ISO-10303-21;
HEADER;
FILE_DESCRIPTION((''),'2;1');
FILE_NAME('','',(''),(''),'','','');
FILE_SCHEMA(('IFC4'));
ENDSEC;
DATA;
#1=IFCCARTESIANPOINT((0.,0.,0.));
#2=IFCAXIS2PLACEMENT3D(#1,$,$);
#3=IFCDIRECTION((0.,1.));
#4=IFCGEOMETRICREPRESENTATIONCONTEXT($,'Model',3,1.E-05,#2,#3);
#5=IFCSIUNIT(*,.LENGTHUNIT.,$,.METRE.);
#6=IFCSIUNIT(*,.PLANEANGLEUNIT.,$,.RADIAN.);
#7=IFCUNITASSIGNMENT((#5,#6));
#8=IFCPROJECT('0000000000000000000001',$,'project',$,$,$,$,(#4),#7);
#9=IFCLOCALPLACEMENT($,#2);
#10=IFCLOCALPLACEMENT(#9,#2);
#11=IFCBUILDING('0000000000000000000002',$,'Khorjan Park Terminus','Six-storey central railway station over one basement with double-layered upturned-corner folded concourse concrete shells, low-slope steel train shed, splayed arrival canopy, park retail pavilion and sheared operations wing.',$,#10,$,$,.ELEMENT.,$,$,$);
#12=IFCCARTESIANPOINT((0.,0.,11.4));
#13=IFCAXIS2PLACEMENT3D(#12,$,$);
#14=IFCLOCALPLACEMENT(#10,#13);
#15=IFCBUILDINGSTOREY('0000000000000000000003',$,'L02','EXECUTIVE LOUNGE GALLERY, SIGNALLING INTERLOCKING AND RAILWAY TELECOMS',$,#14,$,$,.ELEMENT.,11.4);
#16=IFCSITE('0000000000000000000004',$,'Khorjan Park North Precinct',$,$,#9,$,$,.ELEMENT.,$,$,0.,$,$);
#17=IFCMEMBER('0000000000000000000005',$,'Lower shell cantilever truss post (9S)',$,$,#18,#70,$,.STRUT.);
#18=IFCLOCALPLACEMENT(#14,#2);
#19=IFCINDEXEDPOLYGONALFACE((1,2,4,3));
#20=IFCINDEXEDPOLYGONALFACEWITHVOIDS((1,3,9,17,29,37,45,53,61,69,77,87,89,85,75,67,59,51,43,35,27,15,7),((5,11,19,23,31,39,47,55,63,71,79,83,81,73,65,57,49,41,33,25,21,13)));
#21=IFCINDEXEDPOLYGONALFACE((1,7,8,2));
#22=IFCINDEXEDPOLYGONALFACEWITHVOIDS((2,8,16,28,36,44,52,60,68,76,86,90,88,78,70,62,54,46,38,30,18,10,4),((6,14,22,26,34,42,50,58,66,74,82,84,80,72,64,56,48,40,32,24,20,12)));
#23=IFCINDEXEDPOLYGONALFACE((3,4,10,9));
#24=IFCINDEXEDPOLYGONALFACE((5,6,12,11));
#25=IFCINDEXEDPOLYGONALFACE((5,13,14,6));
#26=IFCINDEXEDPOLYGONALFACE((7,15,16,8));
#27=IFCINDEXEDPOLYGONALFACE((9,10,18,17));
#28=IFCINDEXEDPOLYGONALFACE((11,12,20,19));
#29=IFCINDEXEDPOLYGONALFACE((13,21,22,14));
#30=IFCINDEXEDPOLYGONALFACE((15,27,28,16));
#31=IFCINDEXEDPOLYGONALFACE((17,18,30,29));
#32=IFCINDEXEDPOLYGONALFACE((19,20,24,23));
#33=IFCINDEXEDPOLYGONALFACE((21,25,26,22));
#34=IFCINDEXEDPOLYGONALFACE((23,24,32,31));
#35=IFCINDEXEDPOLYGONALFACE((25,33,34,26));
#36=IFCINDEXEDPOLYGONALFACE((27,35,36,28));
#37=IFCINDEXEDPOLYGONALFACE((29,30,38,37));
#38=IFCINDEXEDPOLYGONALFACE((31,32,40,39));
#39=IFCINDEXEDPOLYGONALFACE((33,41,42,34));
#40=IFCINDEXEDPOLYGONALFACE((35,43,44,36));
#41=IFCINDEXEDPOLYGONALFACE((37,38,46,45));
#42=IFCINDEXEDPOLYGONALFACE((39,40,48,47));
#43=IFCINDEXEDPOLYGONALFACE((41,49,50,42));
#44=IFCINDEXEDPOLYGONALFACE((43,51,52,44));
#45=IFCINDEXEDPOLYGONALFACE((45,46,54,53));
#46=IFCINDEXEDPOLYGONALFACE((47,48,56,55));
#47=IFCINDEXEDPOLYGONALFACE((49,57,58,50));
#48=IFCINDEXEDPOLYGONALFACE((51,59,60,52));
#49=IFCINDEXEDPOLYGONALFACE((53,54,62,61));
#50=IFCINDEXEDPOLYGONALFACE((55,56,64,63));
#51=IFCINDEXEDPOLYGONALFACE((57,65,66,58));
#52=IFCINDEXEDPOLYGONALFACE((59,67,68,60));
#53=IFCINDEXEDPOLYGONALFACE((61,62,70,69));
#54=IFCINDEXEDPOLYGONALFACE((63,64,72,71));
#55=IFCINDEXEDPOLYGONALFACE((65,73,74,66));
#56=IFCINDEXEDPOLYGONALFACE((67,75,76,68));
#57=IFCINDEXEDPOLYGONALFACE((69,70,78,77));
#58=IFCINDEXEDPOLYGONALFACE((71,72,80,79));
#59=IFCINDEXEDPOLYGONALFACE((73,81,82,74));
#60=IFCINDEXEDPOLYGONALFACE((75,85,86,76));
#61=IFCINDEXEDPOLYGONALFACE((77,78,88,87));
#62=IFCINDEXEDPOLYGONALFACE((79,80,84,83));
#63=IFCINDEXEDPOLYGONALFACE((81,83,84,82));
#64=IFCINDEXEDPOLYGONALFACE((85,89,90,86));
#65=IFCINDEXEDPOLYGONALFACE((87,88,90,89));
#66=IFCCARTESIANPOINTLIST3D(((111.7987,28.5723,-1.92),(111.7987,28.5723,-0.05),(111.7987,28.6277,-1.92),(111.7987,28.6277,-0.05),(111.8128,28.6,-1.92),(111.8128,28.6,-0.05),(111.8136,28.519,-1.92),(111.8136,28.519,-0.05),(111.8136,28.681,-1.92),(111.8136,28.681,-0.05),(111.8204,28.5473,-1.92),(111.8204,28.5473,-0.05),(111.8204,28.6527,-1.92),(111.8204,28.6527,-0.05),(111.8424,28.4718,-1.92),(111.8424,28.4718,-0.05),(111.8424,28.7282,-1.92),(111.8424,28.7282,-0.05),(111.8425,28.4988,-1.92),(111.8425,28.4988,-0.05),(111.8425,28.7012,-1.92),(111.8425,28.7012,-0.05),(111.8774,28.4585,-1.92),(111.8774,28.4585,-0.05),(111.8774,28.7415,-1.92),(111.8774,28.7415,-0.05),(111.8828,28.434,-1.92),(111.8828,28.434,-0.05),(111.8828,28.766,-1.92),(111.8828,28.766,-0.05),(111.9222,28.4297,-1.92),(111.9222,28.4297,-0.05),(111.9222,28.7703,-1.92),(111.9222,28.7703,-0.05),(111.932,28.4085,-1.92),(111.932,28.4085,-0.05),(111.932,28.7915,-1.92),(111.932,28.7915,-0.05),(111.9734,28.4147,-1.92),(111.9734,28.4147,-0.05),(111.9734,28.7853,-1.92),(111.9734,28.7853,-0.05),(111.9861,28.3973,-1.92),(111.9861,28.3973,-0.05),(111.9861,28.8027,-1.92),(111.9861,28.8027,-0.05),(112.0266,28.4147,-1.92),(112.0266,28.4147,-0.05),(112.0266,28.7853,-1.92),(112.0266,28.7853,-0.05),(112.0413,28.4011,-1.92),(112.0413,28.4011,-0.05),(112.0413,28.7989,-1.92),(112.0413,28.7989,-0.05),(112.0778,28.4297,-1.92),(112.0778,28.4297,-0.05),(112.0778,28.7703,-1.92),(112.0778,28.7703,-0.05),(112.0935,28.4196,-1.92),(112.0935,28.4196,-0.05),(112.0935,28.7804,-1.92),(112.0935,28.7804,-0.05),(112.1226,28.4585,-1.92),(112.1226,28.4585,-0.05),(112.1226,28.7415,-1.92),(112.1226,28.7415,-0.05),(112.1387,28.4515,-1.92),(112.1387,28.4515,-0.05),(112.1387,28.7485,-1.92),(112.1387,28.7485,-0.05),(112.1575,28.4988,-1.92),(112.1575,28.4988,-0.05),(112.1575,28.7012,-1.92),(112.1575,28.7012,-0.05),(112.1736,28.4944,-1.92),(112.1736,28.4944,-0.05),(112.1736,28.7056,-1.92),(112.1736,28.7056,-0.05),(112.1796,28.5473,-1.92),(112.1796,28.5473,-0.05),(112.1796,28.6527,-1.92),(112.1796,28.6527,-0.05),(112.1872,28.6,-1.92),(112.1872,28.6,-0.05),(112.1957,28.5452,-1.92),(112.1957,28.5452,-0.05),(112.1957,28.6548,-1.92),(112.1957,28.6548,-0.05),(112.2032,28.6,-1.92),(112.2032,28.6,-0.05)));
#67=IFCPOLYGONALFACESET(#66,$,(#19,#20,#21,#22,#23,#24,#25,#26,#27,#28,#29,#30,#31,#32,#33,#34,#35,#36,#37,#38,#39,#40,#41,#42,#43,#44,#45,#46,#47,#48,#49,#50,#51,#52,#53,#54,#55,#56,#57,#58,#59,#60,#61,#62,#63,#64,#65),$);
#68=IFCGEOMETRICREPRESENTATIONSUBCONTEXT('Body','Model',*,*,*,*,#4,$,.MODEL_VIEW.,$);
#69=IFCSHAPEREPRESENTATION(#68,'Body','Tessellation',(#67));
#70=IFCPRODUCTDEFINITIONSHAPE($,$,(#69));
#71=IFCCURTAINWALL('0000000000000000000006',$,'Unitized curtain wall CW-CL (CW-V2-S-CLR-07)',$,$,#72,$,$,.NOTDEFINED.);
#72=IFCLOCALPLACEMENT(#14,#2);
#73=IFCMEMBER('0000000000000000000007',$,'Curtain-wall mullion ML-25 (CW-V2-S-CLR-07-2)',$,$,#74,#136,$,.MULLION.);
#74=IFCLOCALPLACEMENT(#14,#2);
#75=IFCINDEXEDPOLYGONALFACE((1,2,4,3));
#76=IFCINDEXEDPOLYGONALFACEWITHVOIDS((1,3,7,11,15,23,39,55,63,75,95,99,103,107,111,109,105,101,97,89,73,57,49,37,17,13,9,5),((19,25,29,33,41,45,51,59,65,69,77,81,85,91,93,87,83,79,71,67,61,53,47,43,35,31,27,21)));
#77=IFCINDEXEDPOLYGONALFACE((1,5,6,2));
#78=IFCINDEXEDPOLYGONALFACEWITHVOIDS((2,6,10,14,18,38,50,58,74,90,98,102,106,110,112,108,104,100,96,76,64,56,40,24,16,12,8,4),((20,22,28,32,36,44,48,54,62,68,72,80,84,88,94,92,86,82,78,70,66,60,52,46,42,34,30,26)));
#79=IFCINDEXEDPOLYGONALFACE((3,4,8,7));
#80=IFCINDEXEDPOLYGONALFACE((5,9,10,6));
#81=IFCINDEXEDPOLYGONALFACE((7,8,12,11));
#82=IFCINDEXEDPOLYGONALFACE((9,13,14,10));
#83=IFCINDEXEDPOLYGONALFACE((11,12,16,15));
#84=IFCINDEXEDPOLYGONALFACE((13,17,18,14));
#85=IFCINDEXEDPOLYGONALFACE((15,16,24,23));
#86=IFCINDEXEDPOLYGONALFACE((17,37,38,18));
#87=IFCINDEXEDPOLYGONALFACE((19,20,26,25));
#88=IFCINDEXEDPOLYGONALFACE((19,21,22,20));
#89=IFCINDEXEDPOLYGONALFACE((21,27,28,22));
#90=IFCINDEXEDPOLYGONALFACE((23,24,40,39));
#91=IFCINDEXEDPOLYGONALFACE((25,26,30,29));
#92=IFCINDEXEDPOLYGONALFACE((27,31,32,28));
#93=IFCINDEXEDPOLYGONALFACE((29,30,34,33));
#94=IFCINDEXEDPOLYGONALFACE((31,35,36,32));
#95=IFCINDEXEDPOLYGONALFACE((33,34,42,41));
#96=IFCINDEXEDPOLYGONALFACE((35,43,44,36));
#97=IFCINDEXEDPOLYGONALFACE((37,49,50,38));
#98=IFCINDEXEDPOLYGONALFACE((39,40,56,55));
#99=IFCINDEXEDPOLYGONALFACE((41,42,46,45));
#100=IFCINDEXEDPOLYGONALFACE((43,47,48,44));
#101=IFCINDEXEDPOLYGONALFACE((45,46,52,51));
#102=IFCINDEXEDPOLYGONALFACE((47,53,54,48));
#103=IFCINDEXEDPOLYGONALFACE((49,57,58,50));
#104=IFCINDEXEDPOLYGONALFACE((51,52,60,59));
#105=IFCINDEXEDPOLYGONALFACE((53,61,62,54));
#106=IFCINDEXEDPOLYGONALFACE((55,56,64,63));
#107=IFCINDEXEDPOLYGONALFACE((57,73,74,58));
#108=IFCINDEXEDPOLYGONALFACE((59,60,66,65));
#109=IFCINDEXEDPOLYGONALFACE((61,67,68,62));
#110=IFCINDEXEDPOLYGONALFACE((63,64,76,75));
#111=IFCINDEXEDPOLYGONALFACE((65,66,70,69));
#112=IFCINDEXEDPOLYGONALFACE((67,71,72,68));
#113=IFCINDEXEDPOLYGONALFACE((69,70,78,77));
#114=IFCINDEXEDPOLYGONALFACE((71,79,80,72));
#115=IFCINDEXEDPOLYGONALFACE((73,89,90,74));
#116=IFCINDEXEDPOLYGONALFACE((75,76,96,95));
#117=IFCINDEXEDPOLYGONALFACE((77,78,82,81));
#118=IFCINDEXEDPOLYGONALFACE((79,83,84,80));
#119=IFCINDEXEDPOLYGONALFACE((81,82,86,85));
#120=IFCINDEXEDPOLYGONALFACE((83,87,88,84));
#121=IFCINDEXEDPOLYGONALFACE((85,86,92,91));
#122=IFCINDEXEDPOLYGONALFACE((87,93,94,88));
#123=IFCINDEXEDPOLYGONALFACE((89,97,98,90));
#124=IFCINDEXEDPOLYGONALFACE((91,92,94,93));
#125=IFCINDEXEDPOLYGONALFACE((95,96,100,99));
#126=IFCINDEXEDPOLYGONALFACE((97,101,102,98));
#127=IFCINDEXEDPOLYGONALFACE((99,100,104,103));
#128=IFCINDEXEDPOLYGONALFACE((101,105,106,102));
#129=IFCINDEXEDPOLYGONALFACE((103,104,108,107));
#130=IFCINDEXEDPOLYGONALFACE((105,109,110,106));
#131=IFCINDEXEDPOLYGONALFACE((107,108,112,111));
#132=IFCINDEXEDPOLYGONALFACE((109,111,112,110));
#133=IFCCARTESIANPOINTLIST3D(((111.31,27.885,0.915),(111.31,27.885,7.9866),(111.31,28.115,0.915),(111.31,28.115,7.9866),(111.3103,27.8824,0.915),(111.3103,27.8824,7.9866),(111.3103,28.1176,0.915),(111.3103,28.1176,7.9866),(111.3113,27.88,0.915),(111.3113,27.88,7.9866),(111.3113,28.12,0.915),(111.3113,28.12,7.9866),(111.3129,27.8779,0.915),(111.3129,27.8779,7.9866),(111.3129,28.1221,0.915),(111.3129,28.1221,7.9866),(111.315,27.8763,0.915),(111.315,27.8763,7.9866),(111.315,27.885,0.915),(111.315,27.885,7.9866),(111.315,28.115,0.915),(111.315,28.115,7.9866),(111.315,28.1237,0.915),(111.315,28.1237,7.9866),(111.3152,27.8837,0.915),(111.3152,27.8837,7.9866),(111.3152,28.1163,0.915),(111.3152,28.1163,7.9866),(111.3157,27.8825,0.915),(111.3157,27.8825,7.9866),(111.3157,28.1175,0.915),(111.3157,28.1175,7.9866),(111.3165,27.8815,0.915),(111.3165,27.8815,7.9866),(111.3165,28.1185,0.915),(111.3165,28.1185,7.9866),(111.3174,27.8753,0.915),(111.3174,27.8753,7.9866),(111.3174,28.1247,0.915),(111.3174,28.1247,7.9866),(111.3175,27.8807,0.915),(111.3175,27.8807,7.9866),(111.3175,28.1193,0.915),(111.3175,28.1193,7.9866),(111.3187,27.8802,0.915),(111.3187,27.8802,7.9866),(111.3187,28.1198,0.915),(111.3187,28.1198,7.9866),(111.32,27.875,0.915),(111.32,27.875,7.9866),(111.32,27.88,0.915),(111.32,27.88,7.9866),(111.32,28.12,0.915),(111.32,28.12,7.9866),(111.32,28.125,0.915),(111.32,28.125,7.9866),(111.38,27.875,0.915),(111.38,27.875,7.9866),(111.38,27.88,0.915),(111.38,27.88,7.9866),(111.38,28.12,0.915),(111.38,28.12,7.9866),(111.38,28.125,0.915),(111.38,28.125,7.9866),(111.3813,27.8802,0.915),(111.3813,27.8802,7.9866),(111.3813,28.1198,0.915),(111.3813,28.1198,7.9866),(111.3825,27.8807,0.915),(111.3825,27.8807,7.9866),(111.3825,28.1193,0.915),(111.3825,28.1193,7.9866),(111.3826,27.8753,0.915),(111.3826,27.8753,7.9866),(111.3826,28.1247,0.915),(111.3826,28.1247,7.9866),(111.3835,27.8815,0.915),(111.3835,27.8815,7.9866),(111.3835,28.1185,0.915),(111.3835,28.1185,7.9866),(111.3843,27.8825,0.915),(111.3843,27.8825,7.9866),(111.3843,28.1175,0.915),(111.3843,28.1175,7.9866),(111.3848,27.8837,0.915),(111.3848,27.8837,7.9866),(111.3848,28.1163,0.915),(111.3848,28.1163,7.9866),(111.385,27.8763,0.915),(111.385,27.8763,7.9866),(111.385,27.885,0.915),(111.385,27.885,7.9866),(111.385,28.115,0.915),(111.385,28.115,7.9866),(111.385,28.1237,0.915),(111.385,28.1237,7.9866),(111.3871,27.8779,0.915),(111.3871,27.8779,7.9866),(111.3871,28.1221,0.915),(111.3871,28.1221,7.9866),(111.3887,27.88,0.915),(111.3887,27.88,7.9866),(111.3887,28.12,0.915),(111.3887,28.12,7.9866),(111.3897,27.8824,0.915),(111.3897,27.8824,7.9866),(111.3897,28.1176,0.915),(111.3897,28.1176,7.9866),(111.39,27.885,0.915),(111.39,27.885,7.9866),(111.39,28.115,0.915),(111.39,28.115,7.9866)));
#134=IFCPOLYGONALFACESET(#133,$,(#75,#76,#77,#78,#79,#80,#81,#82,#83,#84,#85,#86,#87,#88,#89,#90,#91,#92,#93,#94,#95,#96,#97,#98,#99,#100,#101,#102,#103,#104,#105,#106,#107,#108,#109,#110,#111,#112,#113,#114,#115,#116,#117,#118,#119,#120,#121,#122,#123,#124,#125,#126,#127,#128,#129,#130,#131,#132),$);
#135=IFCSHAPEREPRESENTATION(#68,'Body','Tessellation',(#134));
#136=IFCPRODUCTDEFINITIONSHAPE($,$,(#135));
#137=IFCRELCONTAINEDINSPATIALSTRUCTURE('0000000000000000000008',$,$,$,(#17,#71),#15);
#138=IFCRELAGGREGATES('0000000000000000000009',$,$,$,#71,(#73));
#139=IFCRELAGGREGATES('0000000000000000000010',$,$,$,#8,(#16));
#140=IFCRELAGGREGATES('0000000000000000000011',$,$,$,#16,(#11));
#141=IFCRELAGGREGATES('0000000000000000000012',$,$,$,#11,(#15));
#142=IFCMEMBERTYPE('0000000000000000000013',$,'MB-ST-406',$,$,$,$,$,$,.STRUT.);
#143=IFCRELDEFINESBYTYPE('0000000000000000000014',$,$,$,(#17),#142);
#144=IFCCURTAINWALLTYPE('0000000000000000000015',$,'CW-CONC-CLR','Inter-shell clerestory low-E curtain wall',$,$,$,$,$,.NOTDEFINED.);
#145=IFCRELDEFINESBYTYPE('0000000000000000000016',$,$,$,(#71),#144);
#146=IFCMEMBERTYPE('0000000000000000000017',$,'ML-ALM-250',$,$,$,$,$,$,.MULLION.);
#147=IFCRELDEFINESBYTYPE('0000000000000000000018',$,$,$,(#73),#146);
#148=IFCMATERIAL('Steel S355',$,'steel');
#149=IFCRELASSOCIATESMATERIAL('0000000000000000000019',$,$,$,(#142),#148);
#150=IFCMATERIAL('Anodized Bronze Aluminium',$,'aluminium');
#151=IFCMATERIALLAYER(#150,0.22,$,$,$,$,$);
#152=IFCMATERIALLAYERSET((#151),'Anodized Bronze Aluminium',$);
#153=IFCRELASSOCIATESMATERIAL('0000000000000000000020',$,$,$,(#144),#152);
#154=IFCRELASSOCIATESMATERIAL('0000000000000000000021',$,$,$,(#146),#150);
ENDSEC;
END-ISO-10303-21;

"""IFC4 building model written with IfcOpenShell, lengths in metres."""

from ifc_helpers import new_model, si_unit, direction, frame, origin, origin_2d, place, context, subcontext, project, spatial, hollow_rectangle, hollow_circle, extrude, material, layer, layer_set, material_profile, profile_set, type_object, element, aggregate, save


model = new_model("IFC4")

# Units and contexts
model_context = context("Model", 3, precision=1e-05, world=origin(), true_north=direction((0.0, 1.0)))
body_context = subcontext(model_context, "Body", "Model", "MODEL_VIEW")
ifc_project = project(units=[si_unit("LENGTHUNIT", "METRE"), si_unit("PLANEANGLEUNIT", "RADIAN")], contexts=[model_context])

# Site, building, storey
site_placement = place(None, origin())
site = spatial("IfcSite", under=ifc_project, at=site_placement, Name="Khorjan Park North Precinct", CompositionType="ELEMENT", RefElevation=0.0)
building_placement = place(site_placement, origin())
building = spatial("IfcBuilding", under=site, at=building_placement, Name="Khorjan Park Terminus", Description="Six-storey central railway station over one basement with double-layered upturned-corner folded concourse concrete shells, low-slope steel train shed, splayed arrival canopy, park retail pavilion and sheared operations wing.", CompositionType="ELEMENT")
storey_placement = place(building_placement, frame((0.0, 0.0, 11.4)))
storey = spatial("IfcBuildingStorey", under=building, at=storey_placement, Name="L02", Description="EXECUTIVE LOUNGE GALLERY, SIGNALLING INTERLOCKING AND RAILWAY TELECOMS", CompositionType="ELEMENT", Elevation=11.4)

# Member
ifc_material_1 = material(Name="Steel S355", Category="steel")
ifc_material_profile_1 = material_profile(ifc_material_1, hollow_circle(Radius=0.2032, WallThickness=0.016, at=origin_2d()), Name="CHS 406.4x16")
ifc_profile_set_1 = profile_set([ifc_material_profile_1], Name="Steel S355")
member_type_1 = type_object("IfcMemberType", Name="MB-ST-406", PredefinedType="STRUT", material=ifc_profile_set_1)
for number, where, z_axis, x_axis, name in (
    (1, (112.0, 28.6, -1.92), (0.0, 0.0, 1.0), (1.0, 0.0, 0.0), "Lower shell cantilever truss post (9S)"),
):
    element("IfcMember", number, at=place(storey_placement, frame(where, z_axis=z_axis, x_axis=x_axis)), inside=storey, type_object=member_type_1, Name=name, PredefinedType="STRUT", context=body_context, shape_type="SweptSolid", body=[
        extrude(hollow_circle(Radius=0.2032, WallThickness=0.016, at=origin_2d()), origin(), (0.0, 0.0, 1.0), 1.87),
    ])

# Curtain wall, member
ifc_material_2 = material(Name="Anodized Bronze Aluminium", Category="aluminium")
ifc_layer_1 = layer(ifc_material_2, 0.22)
ifc_layer_set_1 = layer_set([ifc_layer_1], Name="Anodized Bronze Aluminium")
curtain_wall_type = type_object("IfcCurtainWallType", Name="CW-CONC-CLR", Description="Inter-shell clerestory low-E curtain wall", PredefinedType="NOTDEFINED", material=ifc_layer_set_1)
curtain_wall_placement = place(storey_placement, origin())
curtain_wall = element("IfcCurtainWall", 2, at=curtain_wall_placement, inside=storey, type_object=curtain_wall_type, Name="Unitized curtain wall CW-CL (CW-V2-S-CLR-07)", PredefinedType="NOTDEFINED")
ifc_material_profile_2 = material_profile(ifc_material_2, hollow_rectangle(XDim=0.08, YDim=0.25, WallThickness=0.005, InnerFilletRadius=0.005, OuterFilletRadius=0.01, at=origin_2d()), Name="ALM 80x250x5")
ifc_profile_set_2 = profile_set([ifc_material_profile_2], Name="Anodized Bronze Aluminium")
member_type_2 = type_object("IfcMemberType", Name="ML-ALM-250", PredefinedType="MULLION", material=ifc_profile_set_2)
member_1_placement = place(storey_placement, frame((111.35, 28.0, 0.915), z_axis=(0.0, 0.0, 1.0), x_axis=(1.0, 0.0, 0.0)))
member_1 = element("IfcMember", 3, at=member_1_placement, type_object=member_type_2, Name="Curtain-wall mullion ML-25 (CW-V2-S-CLR-07-2)", PredefinedType="MULLION", context=body_context, shape_type="SweptSolid", body=[
    extrude(hollow_rectangle(XDim=0.08, YDim=0.25, WallThickness=0.005, InnerFilletRadius=0.005, OuterFilletRadius=0.01, at=origin_2d()), origin(), (0.0, 0.0, 1.0), 7.0716),
])
aggregate(curtain_wall, [member_1])

save(model, "model.ifc")
